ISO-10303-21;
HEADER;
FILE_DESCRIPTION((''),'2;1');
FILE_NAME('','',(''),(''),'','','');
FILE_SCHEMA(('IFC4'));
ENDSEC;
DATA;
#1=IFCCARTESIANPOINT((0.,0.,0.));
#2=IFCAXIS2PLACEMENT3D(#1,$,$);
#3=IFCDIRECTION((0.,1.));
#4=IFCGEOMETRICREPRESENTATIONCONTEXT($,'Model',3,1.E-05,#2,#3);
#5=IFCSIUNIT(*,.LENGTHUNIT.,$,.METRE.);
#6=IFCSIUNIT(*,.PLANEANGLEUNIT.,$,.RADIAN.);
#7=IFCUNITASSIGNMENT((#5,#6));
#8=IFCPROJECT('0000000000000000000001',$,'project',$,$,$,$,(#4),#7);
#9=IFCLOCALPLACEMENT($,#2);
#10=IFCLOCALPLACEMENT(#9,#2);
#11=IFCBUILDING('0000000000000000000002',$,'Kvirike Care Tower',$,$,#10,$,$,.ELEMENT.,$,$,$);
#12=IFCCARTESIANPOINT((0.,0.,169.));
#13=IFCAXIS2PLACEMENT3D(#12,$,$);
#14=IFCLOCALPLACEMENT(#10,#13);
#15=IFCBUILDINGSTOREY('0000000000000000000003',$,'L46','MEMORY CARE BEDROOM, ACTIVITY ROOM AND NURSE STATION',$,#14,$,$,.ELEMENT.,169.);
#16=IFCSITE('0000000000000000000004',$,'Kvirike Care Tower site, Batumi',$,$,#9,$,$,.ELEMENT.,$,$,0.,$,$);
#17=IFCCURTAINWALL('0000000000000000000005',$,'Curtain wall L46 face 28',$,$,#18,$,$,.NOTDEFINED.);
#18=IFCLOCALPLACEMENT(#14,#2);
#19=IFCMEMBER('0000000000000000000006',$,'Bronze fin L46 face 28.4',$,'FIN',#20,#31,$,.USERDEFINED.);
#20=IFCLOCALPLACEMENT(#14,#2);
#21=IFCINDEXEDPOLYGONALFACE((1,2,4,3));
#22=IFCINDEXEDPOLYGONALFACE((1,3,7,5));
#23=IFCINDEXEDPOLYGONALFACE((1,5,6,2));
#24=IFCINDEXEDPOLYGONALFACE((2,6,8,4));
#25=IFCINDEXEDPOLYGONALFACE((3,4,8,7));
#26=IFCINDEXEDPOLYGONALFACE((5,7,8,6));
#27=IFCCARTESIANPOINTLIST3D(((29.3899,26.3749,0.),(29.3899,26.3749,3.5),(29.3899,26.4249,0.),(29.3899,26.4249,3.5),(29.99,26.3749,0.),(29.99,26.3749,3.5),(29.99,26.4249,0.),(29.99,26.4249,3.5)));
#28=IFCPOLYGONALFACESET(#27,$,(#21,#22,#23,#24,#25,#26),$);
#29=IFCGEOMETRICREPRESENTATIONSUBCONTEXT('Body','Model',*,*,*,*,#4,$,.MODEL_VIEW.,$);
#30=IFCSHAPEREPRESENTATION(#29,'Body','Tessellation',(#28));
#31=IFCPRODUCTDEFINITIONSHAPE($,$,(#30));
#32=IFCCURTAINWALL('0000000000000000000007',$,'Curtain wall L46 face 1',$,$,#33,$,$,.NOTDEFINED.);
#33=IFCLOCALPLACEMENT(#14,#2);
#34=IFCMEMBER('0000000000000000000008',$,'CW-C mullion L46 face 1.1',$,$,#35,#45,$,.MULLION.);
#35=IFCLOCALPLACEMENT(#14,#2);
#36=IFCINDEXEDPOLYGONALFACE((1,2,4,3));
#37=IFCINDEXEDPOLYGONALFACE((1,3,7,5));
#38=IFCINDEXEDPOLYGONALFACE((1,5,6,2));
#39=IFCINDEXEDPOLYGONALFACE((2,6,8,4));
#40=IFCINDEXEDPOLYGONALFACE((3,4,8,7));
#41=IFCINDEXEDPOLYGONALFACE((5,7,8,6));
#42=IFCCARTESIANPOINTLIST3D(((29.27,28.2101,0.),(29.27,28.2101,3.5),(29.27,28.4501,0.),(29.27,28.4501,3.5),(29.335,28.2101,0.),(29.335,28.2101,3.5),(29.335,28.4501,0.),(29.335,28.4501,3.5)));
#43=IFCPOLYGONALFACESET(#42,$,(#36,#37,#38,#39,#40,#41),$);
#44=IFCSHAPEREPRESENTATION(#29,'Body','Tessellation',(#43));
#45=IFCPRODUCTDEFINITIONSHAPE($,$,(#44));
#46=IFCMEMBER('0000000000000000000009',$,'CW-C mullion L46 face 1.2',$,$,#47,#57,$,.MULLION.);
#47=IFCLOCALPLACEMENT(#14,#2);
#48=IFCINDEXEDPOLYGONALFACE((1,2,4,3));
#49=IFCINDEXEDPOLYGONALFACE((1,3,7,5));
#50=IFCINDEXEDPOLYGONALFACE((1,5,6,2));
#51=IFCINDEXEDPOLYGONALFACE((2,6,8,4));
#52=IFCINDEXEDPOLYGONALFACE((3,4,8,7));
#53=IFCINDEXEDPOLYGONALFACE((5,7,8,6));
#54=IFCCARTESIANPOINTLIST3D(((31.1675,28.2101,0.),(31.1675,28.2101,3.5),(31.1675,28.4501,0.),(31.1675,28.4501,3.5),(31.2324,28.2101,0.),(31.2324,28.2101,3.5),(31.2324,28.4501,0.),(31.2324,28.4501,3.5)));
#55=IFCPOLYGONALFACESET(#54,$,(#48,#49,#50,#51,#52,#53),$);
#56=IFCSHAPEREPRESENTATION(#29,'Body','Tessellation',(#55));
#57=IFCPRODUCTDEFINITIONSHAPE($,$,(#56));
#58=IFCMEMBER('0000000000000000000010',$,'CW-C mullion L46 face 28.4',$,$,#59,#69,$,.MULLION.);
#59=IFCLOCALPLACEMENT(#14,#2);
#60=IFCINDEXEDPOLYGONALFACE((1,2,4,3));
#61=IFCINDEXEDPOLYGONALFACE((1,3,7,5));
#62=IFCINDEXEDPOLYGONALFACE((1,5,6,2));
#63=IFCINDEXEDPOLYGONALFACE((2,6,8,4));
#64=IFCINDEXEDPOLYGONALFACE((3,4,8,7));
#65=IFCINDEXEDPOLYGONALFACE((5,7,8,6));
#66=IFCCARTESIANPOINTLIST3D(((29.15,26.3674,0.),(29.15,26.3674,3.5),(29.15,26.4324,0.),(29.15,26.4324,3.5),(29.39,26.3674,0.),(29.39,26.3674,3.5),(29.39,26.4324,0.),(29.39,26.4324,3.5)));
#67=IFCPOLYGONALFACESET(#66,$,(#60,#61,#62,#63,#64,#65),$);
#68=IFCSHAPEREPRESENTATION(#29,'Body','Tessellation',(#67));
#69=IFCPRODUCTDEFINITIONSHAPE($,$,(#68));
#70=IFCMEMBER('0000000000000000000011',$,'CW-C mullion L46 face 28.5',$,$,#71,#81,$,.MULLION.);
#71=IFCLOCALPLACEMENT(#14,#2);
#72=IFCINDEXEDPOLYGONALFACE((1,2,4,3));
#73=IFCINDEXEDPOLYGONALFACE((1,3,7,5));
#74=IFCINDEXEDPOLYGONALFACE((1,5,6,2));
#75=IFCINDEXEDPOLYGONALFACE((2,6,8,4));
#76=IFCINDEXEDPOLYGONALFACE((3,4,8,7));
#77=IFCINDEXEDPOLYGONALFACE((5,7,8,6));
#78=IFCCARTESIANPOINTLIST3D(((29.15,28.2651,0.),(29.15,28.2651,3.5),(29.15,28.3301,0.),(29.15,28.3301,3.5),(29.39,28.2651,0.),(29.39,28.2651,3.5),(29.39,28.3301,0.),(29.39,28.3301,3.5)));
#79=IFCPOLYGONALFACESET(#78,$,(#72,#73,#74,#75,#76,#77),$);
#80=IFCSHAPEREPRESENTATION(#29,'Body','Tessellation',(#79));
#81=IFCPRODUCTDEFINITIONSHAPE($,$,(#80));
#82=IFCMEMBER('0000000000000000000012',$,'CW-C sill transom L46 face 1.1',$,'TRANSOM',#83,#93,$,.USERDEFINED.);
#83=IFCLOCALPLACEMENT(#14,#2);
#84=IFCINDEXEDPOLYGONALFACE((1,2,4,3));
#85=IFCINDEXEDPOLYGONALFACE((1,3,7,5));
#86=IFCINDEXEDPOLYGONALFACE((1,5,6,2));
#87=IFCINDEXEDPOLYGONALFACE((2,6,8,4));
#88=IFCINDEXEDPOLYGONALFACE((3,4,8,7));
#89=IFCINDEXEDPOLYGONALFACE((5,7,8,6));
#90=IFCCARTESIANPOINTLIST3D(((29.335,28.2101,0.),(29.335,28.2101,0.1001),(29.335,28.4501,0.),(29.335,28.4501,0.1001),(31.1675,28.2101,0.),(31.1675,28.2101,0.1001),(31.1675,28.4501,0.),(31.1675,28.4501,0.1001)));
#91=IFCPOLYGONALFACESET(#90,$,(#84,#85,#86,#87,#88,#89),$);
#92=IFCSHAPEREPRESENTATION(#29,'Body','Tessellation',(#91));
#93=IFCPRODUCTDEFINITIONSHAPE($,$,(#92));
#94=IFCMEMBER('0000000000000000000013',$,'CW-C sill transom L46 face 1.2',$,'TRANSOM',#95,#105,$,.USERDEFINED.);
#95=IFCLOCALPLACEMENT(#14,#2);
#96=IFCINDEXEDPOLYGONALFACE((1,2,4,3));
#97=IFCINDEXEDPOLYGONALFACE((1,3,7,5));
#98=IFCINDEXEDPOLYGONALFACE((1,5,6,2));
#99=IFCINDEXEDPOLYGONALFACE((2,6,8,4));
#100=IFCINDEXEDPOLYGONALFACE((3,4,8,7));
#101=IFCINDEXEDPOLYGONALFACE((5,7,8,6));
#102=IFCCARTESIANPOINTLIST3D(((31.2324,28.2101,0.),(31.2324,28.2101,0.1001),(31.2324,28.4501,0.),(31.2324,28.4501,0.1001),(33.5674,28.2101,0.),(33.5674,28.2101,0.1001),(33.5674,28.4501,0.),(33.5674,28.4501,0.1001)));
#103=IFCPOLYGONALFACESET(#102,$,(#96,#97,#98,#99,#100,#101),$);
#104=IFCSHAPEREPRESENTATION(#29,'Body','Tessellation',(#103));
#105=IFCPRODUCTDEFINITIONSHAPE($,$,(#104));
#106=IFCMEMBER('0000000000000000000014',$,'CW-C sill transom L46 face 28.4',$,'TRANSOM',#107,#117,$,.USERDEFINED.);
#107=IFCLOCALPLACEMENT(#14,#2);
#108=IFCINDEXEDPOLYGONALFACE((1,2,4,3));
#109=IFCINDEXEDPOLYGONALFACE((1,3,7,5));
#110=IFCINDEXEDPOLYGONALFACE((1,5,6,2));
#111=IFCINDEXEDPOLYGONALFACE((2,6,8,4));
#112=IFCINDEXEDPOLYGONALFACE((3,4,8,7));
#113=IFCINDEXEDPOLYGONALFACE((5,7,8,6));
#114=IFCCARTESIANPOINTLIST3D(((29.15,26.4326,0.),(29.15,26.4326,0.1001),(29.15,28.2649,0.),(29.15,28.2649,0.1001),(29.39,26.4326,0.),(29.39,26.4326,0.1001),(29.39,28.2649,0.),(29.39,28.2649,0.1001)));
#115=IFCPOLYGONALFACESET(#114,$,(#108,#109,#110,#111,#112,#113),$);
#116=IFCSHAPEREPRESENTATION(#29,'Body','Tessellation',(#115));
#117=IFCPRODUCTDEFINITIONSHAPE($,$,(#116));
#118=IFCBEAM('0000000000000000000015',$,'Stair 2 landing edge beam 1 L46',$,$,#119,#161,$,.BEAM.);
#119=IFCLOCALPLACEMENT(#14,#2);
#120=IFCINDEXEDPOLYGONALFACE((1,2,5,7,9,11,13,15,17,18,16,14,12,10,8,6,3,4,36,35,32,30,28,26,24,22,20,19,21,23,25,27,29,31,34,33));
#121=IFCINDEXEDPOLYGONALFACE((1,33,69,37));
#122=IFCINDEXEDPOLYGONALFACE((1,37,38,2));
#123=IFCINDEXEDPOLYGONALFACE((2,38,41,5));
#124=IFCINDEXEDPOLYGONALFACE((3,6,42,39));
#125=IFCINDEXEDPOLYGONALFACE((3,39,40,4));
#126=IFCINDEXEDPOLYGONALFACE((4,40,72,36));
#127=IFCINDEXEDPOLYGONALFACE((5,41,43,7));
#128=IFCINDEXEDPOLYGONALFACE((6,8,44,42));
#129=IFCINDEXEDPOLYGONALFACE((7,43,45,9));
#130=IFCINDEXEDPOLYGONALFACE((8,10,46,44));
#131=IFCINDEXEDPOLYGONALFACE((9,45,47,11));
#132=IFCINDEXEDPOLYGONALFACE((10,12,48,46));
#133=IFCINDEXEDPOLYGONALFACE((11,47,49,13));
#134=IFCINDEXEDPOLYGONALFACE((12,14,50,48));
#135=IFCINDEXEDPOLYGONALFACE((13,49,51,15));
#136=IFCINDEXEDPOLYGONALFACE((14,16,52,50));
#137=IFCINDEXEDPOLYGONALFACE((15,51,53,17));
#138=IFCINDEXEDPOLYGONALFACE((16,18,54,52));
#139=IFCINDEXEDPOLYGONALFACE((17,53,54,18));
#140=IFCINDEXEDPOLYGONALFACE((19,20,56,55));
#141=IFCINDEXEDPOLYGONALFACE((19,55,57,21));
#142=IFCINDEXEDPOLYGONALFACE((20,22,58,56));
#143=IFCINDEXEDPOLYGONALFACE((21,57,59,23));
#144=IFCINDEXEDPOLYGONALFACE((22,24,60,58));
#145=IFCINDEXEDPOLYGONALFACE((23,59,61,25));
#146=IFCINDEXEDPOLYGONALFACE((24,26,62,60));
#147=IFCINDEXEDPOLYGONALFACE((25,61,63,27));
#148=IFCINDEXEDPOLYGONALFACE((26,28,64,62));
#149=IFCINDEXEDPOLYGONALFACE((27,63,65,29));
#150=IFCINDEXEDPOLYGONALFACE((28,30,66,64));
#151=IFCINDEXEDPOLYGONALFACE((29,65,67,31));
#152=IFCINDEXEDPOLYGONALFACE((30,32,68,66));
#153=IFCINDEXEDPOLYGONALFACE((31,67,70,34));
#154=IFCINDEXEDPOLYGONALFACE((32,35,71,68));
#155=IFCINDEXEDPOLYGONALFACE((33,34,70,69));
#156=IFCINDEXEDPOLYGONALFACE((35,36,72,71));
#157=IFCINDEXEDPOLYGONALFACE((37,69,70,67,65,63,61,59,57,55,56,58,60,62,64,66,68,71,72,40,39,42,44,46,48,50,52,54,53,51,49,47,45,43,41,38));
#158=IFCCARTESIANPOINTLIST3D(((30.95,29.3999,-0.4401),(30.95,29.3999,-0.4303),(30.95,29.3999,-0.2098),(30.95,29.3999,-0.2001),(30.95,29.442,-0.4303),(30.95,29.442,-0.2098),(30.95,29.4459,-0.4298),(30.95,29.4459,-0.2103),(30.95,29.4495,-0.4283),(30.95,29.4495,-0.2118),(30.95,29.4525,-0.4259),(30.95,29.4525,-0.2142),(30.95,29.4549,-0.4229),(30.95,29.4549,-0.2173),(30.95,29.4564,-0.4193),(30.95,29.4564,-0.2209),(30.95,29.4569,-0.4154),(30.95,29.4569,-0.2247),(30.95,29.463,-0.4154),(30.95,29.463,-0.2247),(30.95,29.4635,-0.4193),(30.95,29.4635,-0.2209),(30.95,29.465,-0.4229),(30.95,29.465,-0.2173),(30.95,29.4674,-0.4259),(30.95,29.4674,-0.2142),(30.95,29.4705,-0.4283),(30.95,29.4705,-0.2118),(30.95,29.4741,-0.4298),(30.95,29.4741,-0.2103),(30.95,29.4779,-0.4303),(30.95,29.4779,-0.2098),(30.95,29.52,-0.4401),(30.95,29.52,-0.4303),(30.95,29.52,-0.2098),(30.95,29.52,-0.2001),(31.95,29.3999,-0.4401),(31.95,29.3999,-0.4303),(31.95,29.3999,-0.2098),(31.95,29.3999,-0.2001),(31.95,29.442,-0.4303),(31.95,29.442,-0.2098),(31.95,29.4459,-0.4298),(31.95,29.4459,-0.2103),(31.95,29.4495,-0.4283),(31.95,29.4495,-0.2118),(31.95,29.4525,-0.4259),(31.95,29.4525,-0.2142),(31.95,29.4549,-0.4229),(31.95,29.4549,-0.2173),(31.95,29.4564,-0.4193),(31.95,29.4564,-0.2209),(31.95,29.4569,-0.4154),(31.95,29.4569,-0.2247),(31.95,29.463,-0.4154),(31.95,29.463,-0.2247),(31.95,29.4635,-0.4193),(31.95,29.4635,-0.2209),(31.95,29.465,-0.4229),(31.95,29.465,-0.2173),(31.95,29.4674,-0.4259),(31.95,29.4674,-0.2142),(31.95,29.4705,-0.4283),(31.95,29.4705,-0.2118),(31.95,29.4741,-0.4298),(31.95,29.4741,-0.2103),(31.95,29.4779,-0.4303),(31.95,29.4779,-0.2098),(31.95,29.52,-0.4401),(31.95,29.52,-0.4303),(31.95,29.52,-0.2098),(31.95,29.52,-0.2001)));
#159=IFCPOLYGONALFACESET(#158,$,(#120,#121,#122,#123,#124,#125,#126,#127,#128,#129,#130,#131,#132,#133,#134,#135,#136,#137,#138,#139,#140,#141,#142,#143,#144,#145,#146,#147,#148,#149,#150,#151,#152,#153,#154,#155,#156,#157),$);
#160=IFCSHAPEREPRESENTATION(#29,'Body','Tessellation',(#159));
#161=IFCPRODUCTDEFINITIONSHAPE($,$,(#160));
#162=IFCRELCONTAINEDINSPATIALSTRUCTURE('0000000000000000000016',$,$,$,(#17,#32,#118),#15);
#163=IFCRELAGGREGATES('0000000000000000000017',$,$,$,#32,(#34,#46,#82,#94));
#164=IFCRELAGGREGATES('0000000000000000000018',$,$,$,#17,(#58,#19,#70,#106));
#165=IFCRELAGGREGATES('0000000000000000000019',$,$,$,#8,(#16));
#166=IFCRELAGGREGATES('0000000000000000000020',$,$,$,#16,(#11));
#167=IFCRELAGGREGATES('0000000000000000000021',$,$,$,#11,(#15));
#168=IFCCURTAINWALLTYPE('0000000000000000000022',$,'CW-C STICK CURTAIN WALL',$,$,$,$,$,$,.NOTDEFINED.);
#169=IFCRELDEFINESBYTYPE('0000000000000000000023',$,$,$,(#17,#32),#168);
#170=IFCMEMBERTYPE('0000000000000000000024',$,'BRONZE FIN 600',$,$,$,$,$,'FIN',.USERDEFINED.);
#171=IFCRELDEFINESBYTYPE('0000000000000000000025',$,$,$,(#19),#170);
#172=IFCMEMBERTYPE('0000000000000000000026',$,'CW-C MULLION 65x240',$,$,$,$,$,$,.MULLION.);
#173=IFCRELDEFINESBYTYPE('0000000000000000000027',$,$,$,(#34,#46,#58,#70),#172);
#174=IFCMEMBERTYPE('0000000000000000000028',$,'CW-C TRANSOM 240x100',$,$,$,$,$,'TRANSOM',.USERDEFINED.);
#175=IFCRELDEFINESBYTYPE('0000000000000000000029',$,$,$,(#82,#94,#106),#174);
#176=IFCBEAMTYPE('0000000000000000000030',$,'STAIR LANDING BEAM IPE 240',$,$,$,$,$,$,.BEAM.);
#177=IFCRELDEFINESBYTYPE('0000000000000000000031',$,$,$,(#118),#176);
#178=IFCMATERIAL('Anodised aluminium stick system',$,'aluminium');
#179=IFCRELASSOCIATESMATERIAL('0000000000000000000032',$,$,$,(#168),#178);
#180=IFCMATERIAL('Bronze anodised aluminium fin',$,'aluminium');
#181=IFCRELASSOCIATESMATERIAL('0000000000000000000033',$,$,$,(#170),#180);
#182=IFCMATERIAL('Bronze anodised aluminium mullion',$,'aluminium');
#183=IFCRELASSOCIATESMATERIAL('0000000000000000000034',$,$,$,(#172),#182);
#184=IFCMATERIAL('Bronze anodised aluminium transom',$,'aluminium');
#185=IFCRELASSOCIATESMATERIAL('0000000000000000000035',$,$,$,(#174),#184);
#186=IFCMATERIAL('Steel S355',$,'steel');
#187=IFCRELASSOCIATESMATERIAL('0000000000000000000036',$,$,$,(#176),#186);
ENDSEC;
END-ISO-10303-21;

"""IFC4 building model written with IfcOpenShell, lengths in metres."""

from ifc_helpers import new_model, si_unit, direction, frame, origin, origin_2d, place, context, subcontext, project, spatial, rectangle, i_section, extrude, material, material_profile, profile_set, type_object, element, aggregate, save


model = new_model("IFC4")

# Units and contexts
model_context = context("Model", 3, precision=1e-05, world=origin(), true_north=direction((0.0, 1.0)))
body_context = subcontext(model_context, "Body", "Model", "MODEL_VIEW")
ifc_project = project(units=[si_unit("LENGTHUNIT", "METRE"), si_unit("PLANEANGLEUNIT", "RADIAN")], contexts=[model_context])

# Site, building, storey
site_placement = place(None, origin())
site = spatial("IfcSite", under=ifc_project, at=site_placement, Name="Kvirike Care Tower site, Batumi", CompositionType="ELEMENT", RefElevation=0.0)
building_placement = place(site_placement, origin())
building = spatial("IfcBuilding", under=site, at=building_placement, Name="Kvirike Care Tower", CompositionType="ELEMENT")
storey_placement = place(building_placement, frame((0.0, 0.0, 169.0)))
storey = spatial("IfcBuildingStorey", under=building, at=storey_placement, Name="L46", Description="MEMORY CARE BEDROOM, ACTIVITY ROOM AND NURSE STATION", CompositionType="ELEMENT", Elevation=169.0)

# Curtain wall, member
ifc_material_1 = material(Name="Anodised aluminium stick system", Category="aluminium")
curtain_wall_type = type_object("IfcCurtainWallType", Name="CW-C STICK CURTAIN WALL", PredefinedType="NOTDEFINED", material=ifc_material_1)
curtain_wall_1_placement = place(storey_placement, origin())
curtain_wall_1 = element("IfcCurtainWall", 1, at=curtain_wall_1_placement, inside=storey, type_object=curtain_wall_type, Name="Curtain wall L46 face 28", PredefinedType="NOTDEFINED")
ifc_material_2 = material(Name="Bronze anodised aluminium fin", Category="aluminium")
ifc_material_profile_1 = material_profile(ifc_material_2, rectangle(XDim=0.05, YDim=0.6001, at=origin_2d()), Name="BRONZE FIN 600")
ifc_profile_set_1 = profile_set([ifc_material_profile_1], Name="Bronze anodised aluminium fin")
member_type_1 = type_object("IfcMemberType", Name="BRONZE FIN 600", ElementType="FIN", PredefinedType="USERDEFINED", material=ifc_profile_set_1)
member_1_placement = place(storey_placement, frame((29.6899, 26.3999, 0.0), z_axis=(0.0, 0.0, 1.0), x_axis=(0.0, 1.0, 0.0)))
member_1 = element("IfcMember", 2, at=member_1_placement, type_object=member_type_1, Name="Bronze fin L46 face 28.4", ObjectType="FIN", PredefinedType="USERDEFINED", context=body_context, shape_type="SweptSolid", body=[
    extrude(rectangle(XDim=0.05, YDim=0.6001, at=origin_2d()), origin(), (0.0, 0.0, 1.0), 3.5),
])

# Curtain wall, members
curtain_wall_2_placement = place(storey_placement, origin())
curtain_wall_2 = element("IfcCurtainWall", 3, at=curtain_wall_2_placement, inside=storey, type_object=curtain_wall_type, Name="Curtain wall L46 face 1", PredefinedType="NOTDEFINED")
ifc_material_3 = material(Name="Bronze anodised aluminium mullion", Category="aluminium")
ifc_material_profile_2 = material_profile(ifc_material_3, rectangle(XDim=0.0649, YDim=0.24, at=origin_2d()), Name="CW-C MULLION 65x240")
ifc_profile_set_2 = profile_set([ifc_material_profile_2], Name="Bronze anodised aluminium mullion")
member_type_2 = type_object("IfcMemberType", Name="CW-C MULLION 65x240", PredefinedType="MULLION", material=ifc_profile_set_2)
member_2_placement = place(storey_placement, frame((29.3025, 28.3301, 0.0), z_axis=(0.0, 0.0, 1.0), x_axis=(1.0, 0.0, 0.0)))
member_2 = element("IfcMember", 4, at=member_2_placement, type_object=member_type_2, Name="CW-C mullion L46 face 1.1", PredefinedType="MULLION", context=body_context, shape_type="SweptSolid", body=[
    extrude(rectangle(XDim=0.0649, YDim=0.24, at=origin_2d()), origin(), (0.0, 0.0, 1.0), 3.5),
])
member_3_placement = place(storey_placement, frame((31.2, 28.3301, 0.0), z_axis=(0.0, 0.0, 1.0), x_axis=(1.0, 0.0, 0.0)))
member_3 = element("IfcMember", 5, at=member_3_placement, type_object=member_type_2, Name="CW-C mullion L46 face 1.2", PredefinedType="MULLION", context=body_context, shape_type="SweptSolid", body=[
    extrude(rectangle(XDim=0.0649, YDim=0.24, at=origin_2d()), origin(), (0.0, 0.0, 1.0), 3.5),
])

# Members
member_4_placement = place(storey_placement, frame((29.27, 26.3999, 0.0), z_axis=(0.0, 0.0, 1.0), x_axis=(0.0, 1.0, 0.0)))
member_4 = element("IfcMember", 6, at=member_4_placement, type_object=member_type_2, Name="CW-C mullion L46 face 28.4", PredefinedType="MULLION", context=body_context, shape_type="SweptSolid", body=[
    extrude(rectangle(XDim=0.0649, YDim=0.24, at=origin_2d()), origin(), (0.0, 0.0, 1.0), 3.5),
])
member_5_placement = place(storey_placement, frame((29.27, 28.2976, 0.0), z_axis=(0.0, 0.0, 1.0), x_axis=(0.0, 1.0, 0.0)))
member_5 = element("IfcMember", 7, at=member_5_placement, type_object=member_type_2, Name="CW-C mullion L46 face 28.5", PredefinedType="MULLION", context=body_context, shape_type="SweptSolid", body=[
    extrude(rectangle(XDim=0.0649, YDim=0.24, at=origin_2d()), origin(), (0.0, 0.0, 1.0), 3.5),
])
ifc_material_4 = material(Name="Bronze anodised aluminium transom", Category="aluminium")
ifc_material_profile_3 = material_profile(ifc_material_4, rectangle(XDim=0.24, YDim=0.1001, at=origin_2d()), Name="CW-C TRANSOM 240x100")
ifc_profile_set_3 = profile_set([ifc_material_profile_3], Name="Bronze anodised aluminium transom")
member_type_3 = type_object("IfcMemberType", Name="CW-C TRANSOM 240x100", ElementType="TRANSOM", PredefinedType="USERDEFINED", material=ifc_profile_set_3)
member_6_placement = place(storey_placement, frame((29.335, 28.3301, 0.05), z_axis=(1.0, 0.0, 0.0), x_axis=(0.0, 1.0, 0.0)))
member_6 = element("IfcMember", 8, at=member_6_placement, type_object=member_type_3, Name="CW-C sill transom L46 face 1.1", ObjectType="TRANSOM", PredefinedType="USERDEFINED", context=body_context, shape_type="SweptSolid", body=[
    extrude(rectangle(XDim=0.24, YDim=0.1001, at=origin_2d()), origin(), (0.0, 0.0, 1.0), 1.8325),
])
member_7_placement = place(storey_placement, frame((31.2324, 28.3301, 0.05), z_axis=(1.0, 0.0, 0.0), x_axis=(0.0, 1.0, 0.0)))
member_7 = element("IfcMember", 9, at=member_7_placement, type_object=member_type_3, Name="CW-C sill transom L46 face 1.2", ObjectType="TRANSOM", PredefinedType="USERDEFINED", context=body_context, shape_type="SweptSolid", body=[
    extrude(rectangle(XDim=0.24, YDim=0.1001, at=origin_2d()), origin(), (0.0, 0.0, 1.0), 2.335),
])
member_8_placement = place(storey_placement, frame((29.27, 26.4326, 0.05), z_axis=(0.0, 1.0, 0.0), x_axis=(-1.0, 0.0, 0.0)))
member_8 = element("IfcMember", 10, at=member_8_placement, type_object=member_type_3, Name="CW-C sill transom L46 face 28.4", ObjectType="TRANSOM", PredefinedType="USERDEFINED", context=body_context, shape_type="SweptSolid", body=[
    extrude(rectangle(XDim=0.24, YDim=0.1001, at=origin_2d()), origin(), (0.0, 0.0, 1.0), 1.8323),
])

# Beam
ifc_material_5 = material(Name="Steel S355", Category="steel")
ifc_material_profile_4 = material_profile(ifc_material_5, i_section(OverallWidth=0.1201, OverallDepth=0.24, WebThickness=0.0061, FlangeThickness=0.0098, FilletRadius=0.0149, at=origin_2d()), Name="IPE 240")
ifc_profile_set_4 = profile_set([ifc_material_profile_4], Name="Steel S355")
beam_type_1 = type_object("IfcBeamType", Name="STAIR LANDING BEAM IPE 240", PredefinedType="BEAM", material=ifc_profile_set_4)
for number, where, z_axis, x_axis, name in (
    (11, (31.95, 29.46, -0.3201), (-1.0, 0.0, 0.0), (0.0, -1.0, 0.0), "Stair 2 landing edge beam 1 L46"),
):
    element("IfcBeam", number, at=place(storey_placement, frame(where, z_axis=z_axis, x_axis=x_axis)), inside=storey, type_object=beam_type_1, Name=name, PredefinedType="BEAM", context=body_context, shape_type="SweptSolid", body=[
        extrude(i_section(OverallWidth=0.1201, OverallDepth=0.24, WebThickness=0.0061, FlangeThickness=0.0098, FilletRadius=0.0149, at=origin_2d()), origin(), (0.0, 0.0, 1.0), 1.0),
    ])

aggregate(curtain_wall_2, [member_2, member_3, member_6, member_7])
aggregate(curtain_wall_1, [member_4, member_1, member_5, member_8])

save(model, "model.ifc")
